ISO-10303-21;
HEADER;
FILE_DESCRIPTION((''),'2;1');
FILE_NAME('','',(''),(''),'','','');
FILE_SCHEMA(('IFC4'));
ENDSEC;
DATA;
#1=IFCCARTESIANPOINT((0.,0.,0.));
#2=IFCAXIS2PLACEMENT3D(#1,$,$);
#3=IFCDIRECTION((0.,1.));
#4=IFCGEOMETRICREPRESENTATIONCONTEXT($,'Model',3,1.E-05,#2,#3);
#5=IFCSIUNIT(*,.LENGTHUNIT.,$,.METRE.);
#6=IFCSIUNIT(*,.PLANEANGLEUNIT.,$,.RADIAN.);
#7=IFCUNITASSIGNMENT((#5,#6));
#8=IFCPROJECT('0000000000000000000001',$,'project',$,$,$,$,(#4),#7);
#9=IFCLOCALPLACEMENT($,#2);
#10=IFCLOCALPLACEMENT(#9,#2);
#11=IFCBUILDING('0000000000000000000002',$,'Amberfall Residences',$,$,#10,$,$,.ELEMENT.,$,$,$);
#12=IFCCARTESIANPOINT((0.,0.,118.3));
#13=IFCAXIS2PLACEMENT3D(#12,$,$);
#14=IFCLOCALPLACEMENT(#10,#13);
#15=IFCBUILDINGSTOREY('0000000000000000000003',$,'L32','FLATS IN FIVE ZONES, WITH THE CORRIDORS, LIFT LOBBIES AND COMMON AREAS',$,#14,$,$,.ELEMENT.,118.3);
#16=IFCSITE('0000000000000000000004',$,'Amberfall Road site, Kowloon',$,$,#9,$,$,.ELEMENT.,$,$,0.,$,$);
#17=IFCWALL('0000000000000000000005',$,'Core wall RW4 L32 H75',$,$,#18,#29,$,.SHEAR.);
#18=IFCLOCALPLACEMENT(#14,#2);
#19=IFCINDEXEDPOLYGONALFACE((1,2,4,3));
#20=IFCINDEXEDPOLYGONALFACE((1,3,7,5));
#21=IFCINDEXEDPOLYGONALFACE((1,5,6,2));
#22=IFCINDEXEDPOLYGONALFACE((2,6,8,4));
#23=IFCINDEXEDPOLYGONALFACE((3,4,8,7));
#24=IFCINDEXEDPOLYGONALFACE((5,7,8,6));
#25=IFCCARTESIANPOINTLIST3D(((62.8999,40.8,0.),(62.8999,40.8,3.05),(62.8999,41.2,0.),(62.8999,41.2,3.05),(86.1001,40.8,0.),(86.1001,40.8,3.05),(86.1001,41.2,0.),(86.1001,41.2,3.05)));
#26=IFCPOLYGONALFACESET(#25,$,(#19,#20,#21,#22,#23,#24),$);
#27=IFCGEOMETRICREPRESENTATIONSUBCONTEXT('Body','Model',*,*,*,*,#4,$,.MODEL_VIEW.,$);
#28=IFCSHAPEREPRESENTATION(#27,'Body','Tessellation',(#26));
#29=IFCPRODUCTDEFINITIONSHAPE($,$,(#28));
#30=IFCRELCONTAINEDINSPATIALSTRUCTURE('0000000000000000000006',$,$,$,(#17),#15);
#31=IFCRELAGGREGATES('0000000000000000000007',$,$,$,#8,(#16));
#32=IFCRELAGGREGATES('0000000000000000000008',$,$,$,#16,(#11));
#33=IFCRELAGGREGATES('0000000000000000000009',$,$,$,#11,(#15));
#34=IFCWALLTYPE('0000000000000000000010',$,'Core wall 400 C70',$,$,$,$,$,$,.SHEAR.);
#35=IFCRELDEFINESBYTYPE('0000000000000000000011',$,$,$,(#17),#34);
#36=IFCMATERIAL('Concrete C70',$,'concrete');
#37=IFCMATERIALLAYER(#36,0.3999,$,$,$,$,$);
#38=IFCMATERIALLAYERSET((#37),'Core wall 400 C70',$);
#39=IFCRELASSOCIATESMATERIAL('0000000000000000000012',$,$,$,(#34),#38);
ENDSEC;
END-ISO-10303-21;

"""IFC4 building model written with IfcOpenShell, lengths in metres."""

from ifc_helpers import new_model, si_unit, direction, frame, frame_2d, origin, place, context, subcontext, project, spatial, rectangle, extrude, material, layer, layer_set, type_object, element, save


model = new_model("IFC4")

# Units and contexts
model_context = context("Model", 3, precision=1e-05, world=origin(), true_north=direction((0.0, 1.0)))
body_context = subcontext(model_context, "Body", "Model", "MODEL_VIEW")
ifc_project = project(units=[si_unit("LENGTHUNIT", "METRE"), si_unit("PLANEANGLEUNIT", "RADIAN")], contexts=[model_context])

# Site, building, storey
site_placement = place(None, origin())
site = spatial("IfcSite", under=ifc_project, at=site_placement, Name="Amberfall Road site, Kowloon", CompositionType="ELEMENT", RefElevation=0.0)
building_placement = place(site_placement, origin())
building = spatial("IfcBuilding", under=site, at=building_placement, Name="Amberfall Residences", CompositionType="ELEMENT")
storey_placement = place(building_placement, frame((0.0, 0.0, 118.3)))
storey = spatial("IfcBuildingStorey", under=building, at=storey_placement, Name="L32", Description="FLATS IN FIVE ZONES, WITH THE CORRIDORS, LIFT LOBBIES AND COMMON AREAS", CompositionType="ELEMENT", Elevation=118.3)

# Wall
ifc_material_1 = material(Name="Concrete C70", Category="concrete")
ifc_layer = layer(ifc_material_1, 0.3999)
ifc_layer_set = layer_set([ifc_layer], Name="Core wall 400 C70")
wall_type = type_object("IfcWallType", Name="Core wall 400 C70", PredefinedType="SHEAR", material=ifc_layer_set)
wall_1_placement = place(storey_placement, frame((62.8999, 41.0, 0.0), z_axis=(0.0, 0.0, 1.0), x_axis=(1.0, 0.0, 0.0)))
element("IfcWall", 1, at=wall_1_placement, inside=storey, type_object=wall_type, Name="Core wall RW4 L32 H75", PredefinedType="SHEAR", context=body_context, shape_type="SweptSolid", body=[
    extrude(rectangle(XDim=23.2002, YDim=0.3999, at=frame_2d((11.6001, 0.0))), origin(), (0.0, 0.0, 1.0), 3.05),
])

save(model, "model.ifc")
